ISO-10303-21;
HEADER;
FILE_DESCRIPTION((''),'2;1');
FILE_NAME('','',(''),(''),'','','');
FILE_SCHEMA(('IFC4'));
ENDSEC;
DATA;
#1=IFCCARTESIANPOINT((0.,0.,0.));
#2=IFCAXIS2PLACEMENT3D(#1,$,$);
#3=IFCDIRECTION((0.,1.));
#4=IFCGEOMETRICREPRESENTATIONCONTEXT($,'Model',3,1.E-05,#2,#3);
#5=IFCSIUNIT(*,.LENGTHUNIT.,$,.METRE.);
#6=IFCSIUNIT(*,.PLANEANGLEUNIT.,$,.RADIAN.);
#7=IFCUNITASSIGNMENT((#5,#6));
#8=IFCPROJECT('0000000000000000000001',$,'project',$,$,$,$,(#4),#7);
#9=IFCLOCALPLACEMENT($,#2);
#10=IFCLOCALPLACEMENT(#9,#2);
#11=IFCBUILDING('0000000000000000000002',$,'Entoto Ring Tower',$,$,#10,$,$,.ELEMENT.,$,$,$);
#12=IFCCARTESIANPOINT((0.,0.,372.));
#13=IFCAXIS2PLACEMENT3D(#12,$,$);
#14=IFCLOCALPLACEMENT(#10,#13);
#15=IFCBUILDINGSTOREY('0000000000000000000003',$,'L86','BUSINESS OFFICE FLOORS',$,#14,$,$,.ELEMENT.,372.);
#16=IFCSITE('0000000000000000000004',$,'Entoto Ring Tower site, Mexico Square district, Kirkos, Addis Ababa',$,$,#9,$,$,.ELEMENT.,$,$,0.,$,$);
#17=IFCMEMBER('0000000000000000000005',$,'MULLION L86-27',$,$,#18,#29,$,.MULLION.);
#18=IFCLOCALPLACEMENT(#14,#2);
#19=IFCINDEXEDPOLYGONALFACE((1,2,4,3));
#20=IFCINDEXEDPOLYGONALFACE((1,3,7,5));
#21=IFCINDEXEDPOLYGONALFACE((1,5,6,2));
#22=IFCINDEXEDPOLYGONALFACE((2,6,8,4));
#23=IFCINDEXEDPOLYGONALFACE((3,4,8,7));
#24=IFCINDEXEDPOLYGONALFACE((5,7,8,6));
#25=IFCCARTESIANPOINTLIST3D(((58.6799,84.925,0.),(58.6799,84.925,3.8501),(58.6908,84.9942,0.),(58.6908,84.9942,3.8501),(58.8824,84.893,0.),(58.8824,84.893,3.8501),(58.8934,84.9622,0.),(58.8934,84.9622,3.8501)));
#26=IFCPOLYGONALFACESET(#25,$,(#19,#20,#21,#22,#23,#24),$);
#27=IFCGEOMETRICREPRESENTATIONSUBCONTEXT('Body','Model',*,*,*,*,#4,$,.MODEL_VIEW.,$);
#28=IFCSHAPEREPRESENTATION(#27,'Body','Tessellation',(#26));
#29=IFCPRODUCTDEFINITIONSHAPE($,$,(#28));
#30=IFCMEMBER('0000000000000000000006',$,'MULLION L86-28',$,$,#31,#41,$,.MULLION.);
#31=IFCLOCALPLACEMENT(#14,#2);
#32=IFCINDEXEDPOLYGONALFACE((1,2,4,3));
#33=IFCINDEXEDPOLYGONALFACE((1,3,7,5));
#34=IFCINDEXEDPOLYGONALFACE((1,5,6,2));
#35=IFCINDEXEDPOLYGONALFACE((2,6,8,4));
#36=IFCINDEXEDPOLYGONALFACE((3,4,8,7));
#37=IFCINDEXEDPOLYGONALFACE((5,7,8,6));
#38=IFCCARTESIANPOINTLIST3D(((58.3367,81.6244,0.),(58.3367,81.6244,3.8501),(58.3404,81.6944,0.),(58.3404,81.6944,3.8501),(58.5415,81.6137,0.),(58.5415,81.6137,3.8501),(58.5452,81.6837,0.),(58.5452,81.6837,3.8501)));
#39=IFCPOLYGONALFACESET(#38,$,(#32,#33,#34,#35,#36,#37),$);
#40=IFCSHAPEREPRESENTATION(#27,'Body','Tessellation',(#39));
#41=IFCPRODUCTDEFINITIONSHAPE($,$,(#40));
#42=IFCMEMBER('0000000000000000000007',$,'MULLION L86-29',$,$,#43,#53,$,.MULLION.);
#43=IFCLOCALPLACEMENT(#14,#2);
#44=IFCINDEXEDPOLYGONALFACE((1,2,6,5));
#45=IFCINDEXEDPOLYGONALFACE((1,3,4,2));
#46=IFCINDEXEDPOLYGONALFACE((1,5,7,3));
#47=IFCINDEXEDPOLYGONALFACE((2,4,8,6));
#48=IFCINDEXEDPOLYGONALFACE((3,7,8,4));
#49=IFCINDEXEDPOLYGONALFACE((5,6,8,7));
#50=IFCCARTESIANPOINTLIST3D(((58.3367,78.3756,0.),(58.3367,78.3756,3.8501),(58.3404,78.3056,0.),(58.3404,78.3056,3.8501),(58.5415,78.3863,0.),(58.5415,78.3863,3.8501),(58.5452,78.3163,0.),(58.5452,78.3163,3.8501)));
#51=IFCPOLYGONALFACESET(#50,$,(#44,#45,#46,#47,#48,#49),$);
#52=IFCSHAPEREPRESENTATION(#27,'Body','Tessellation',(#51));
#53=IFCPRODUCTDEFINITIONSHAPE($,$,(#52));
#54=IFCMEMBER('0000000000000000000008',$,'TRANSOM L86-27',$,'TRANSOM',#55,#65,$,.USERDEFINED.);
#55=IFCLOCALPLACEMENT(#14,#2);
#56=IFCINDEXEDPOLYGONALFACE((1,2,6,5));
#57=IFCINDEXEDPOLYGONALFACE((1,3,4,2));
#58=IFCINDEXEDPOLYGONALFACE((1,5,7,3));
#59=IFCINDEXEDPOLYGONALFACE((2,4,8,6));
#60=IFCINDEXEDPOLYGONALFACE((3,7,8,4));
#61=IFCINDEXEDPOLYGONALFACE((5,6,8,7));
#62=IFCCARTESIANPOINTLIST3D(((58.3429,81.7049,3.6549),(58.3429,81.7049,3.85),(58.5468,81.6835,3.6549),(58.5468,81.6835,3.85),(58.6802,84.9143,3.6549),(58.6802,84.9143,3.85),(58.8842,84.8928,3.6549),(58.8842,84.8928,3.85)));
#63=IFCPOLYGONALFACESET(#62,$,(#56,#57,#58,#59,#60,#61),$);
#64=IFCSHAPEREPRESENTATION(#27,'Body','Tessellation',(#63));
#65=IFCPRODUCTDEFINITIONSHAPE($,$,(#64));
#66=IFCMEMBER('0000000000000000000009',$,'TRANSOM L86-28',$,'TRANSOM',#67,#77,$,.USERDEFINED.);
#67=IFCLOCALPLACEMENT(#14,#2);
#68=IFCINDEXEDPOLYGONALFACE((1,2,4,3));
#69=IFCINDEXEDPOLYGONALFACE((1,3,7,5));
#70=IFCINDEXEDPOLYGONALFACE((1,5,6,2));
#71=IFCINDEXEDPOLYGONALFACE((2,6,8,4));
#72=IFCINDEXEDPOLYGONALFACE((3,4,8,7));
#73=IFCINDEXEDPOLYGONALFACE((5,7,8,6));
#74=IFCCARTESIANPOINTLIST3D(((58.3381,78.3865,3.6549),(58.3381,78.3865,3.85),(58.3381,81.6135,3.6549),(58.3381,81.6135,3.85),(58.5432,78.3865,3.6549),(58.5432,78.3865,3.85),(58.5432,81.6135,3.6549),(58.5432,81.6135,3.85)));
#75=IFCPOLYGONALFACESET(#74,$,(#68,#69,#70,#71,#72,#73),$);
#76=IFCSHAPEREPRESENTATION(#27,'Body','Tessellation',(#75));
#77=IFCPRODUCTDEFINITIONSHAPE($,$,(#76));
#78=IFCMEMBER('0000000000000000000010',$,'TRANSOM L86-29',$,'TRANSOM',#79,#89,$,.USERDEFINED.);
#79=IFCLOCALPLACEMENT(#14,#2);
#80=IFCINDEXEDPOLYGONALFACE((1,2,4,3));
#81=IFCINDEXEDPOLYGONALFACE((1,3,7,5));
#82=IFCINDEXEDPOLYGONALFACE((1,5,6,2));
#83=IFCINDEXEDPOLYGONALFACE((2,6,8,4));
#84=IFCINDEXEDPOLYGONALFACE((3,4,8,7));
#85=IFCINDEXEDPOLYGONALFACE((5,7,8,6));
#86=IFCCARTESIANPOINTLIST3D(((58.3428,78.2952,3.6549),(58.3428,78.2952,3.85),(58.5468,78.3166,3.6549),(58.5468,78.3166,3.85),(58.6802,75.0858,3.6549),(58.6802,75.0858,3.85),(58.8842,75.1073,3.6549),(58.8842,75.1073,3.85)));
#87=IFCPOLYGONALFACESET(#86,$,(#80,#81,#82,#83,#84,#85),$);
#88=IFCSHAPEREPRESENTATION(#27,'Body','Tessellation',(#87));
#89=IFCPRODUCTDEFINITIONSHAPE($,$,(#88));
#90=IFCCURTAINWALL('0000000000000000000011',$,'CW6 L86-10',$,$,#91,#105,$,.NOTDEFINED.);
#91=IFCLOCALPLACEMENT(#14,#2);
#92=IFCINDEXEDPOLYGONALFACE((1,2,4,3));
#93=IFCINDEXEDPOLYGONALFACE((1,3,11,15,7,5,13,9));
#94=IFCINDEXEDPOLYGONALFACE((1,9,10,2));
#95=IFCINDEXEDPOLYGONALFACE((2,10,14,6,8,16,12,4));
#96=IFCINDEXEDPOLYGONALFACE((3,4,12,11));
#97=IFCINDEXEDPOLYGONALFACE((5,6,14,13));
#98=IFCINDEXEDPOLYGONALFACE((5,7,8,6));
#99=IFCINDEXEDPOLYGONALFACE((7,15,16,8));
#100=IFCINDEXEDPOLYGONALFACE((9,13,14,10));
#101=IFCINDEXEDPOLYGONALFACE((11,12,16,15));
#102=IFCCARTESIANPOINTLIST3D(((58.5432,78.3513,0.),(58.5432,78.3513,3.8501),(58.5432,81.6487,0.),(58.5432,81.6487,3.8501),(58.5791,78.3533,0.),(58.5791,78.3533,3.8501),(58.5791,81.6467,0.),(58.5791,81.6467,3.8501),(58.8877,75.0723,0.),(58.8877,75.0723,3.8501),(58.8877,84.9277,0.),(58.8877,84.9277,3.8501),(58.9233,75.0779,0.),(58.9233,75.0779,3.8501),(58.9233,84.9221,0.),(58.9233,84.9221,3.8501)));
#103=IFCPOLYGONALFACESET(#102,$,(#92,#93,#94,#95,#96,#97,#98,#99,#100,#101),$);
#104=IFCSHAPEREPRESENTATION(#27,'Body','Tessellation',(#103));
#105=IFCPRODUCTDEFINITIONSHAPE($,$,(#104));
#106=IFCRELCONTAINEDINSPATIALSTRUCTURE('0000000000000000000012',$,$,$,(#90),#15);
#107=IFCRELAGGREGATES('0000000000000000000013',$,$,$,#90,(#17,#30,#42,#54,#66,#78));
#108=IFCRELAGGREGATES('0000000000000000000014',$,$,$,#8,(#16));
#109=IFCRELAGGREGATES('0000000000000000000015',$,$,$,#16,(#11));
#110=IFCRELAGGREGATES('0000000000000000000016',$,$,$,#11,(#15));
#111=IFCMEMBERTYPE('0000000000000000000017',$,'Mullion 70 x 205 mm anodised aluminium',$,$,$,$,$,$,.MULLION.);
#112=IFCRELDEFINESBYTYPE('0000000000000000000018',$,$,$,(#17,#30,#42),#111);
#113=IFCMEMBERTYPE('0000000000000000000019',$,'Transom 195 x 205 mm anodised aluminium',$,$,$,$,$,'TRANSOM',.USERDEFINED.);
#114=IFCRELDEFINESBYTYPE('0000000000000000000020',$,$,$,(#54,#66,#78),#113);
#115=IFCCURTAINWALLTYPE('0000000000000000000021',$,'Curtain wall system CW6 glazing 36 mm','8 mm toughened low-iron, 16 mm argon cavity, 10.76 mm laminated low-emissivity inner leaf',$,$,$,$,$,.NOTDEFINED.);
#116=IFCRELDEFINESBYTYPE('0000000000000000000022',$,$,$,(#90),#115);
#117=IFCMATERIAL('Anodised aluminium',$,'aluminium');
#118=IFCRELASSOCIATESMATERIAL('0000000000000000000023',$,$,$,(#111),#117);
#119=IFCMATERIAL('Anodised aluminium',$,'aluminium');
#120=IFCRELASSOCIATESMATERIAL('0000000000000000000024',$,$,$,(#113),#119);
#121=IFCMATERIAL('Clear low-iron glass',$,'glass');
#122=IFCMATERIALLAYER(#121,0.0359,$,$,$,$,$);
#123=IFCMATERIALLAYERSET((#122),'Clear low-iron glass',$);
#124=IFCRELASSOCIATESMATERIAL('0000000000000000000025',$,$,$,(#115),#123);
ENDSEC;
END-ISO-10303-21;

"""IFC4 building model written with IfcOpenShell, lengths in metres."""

from ifc_helpers import new_model, si_unit, direction, frame, origin, origin_2d, place, context, subcontext, project, spatial, polyline, rectangle, outline, extrude, material, layer, layer_set, material_profile, profile_set, type_object, element, aggregate, save


model = new_model("IFC4")

# Units and contexts
model_context = context("Model", 3, precision=1e-05, world=origin(), true_north=direction((0.0, 1.0)))
body_context = subcontext(model_context, "Body", "Model", "MODEL_VIEW")
ifc_project = project(units=[si_unit("LENGTHUNIT", "METRE"), si_unit("PLANEANGLEUNIT", "RADIAN")], contexts=[model_context])

# Members
ifc_material_1 = material(Name="Anodised aluminium", Category="aluminium")
ifc_material_profile_1 = material_profile(ifc_material_1, rectangle(XDim=0.0701, YDim=0.2051, at=origin_2d()), Name="Mullion 70 x 205 mm anodised aluminium")
ifc_profile_set_1 = profile_set([ifc_material_profile_1], Name="Anodised aluminium")
member_type_1 = type_object("IfcMemberType", Name="Mullion 70 x 205 mm anodised aluminium", PredefinedType="MULLION", material=ifc_profile_set_1)
site_placement = place(None, origin())
building_placement = place(site_placement, origin())
storey_placement = place(building_placement, frame((0.0, 0.0, 372.0)))
member_1_placement = place(storey_placement, frame((58.7866, 84.9436, 0.0), z_axis=(0.0, 0.0, 1.0), x_axis=(-0.156434, -0.987688, 0.0)))
member_1 = element("IfcMember", 1, at=member_1_placement, type_object=member_type_1, Name="MULLION L86-27", PredefinedType="MULLION", context=body_context, shape_type="SweptSolid", body=[
    extrude(rectangle(XDim=0.0701, YDim=0.2051, at=origin_2d()), origin(), (0.0, 0.0, 1.0), 3.8501),
])
member_2_placement = place(storey_placement, frame((58.4409, 81.6541, 0.0), z_axis=(0.0, 0.0, 1.0), x_axis=(-0.052336, -0.99863, 0.0)))
member_2 = element("IfcMember", 2, at=member_2_placement, type_object=member_type_1, Name="MULLION L86-28", PredefinedType="MULLION", context=body_context, shape_type="SweptSolid", body=[
    extrude(rectangle(XDim=0.0701, YDim=0.2051, at=origin_2d()), origin(), (0.0, 0.0, 1.0), 3.8501),
])
member_3_placement = place(storey_placement, frame((58.4409, 78.3459, 0.0), z_axis=(0.0, 0.0, 1.0), x_axis=(0.052336, -0.99863, 0.0)))
member_3 = element("IfcMember", 3, at=member_3_placement, type_object=member_type_1, Name="MULLION L86-29", PredefinedType="MULLION", context=body_context, shape_type="SweptSolid", body=[
    extrude(rectangle(XDim=0.0701, YDim=0.2051, at=origin_2d()), origin(), (0.0, 0.0, 1.0), 3.8501),
])
ifc_material_2 = material(Name="Anodised aluminium", Category="aluminium")
ifc_material_profile_2 = material_profile(ifc_material_2, rectangle(XDim=0.2051, YDim=0.1951, at=origin_2d()), Name="Transom 195 x 205 mm anodised aluminium")
ifc_profile_set_2 = profile_set([ifc_material_profile_2], Name="Anodised aluminium")
member_type_2 = type_object("IfcMemberType", Name="Transom 195 x 205 mm anodised aluminium", ElementType="TRANSOM", PredefinedType="USERDEFINED", material=ifc_profile_set_2)
member_4_placement = place(storey_placement, frame((58.7822, 84.9036, 3.7524), z_axis=(-0.104551, -0.99452, 0.0), x_axis=(0.99452, -0.104551, 0.0)))
member_4 = element("IfcMember", 4, at=member_4_placement, type_object=member_type_2, Name="TRANSOM L86-27", ObjectType="TRANSOM", PredefinedType="USERDEFINED", context=body_context, shape_type="SweptSolid", body=[
    extrude(rectangle(XDim=0.2051, YDim=0.1951, at=origin_2d()), origin(), (0.0, 0.0, 1.0), 3.2271),
])
member_5_placement = place(storey_placement, frame((58.4407, 81.6135, 3.7524), z_axis=(0.0, -1.0, 0.0), x_axis=(1.0, 0.0, 0.0)))
member_5 = element("IfcMember", 5, at=member_5_placement, type_object=member_type_2, Name="TRANSOM L86-28", ObjectType="TRANSOM", PredefinedType="USERDEFINED", context=body_context, shape_type="SweptSolid", body=[
    extrude(rectangle(XDim=0.2051, YDim=0.1951, at=origin_2d()), origin(), (0.0, 0.0, 1.0), 3.2271),
])
member_6_placement = place(storey_placement, frame((58.4448, 78.3059, 3.7524), z_axis=(0.104551, -0.99452, 0.0), x_axis=(0.99452, 0.104551, 0.0)))
member_6 = element("IfcMember", 6, at=member_6_placement, type_object=member_type_2, Name="TRANSOM L86-29", ObjectType="TRANSOM", PredefinedType="USERDEFINED", context=body_context, shape_type="SweptSolid", body=[
    extrude(rectangle(XDim=0.2051, YDim=0.1951, at=origin_2d()), origin(), (0.0, 0.0, 1.0), 3.2271),
])

# Site, building, storey
site = spatial("IfcSite", under=ifc_project, at=site_placement, Name="Entoto Ring Tower site, Mexico Square district, Kirkos, Addis Ababa", CompositionType="ELEMENT", RefElevation=0.0)
building = spatial("IfcBuilding", under=site, at=building_placement, Name="Entoto Ring Tower", CompositionType="ELEMENT")
storey = spatial("IfcBuildingStorey", under=building, at=storey_placement, Name="L86", Description="BUSINESS OFFICE FLOORS", CompositionType="ELEMENT", Elevation=372.0)

# Curtain wall
ifc_material_3 = material(Name="Clear low-iron glass", Category="glass")
ifc_layer = layer(ifc_material_3, 0.0359)
ifc_layer_set = layer_set([ifc_layer], Name="Clear low-iron glass")
curtain_wall_type = type_object("IfcCurtainWallType", Name="Curtain wall system CW6 glazing 36 mm", Description="8 mm toughened low-iron, 16 mm argon cavity, 10.76 mm laminated low-emissivity inner leaf", PredefinedType="NOTDEFINED", material=ifc_layer_set)
curtain_wall_1_placement = place(storey_placement, origin())
curtain_wall_1 = element("IfcCurtainWall", 7, at=curtain_wall_1_placement, inside=storey, type_object=curtain_wall_type, Name="CW6 L86-10", PredefinedType="NOTDEFINED", context=body_context, shape_type="SweptSolid", body=[
    extrude(outline(polyline([(58.8877, 84.9277), (58.5432, 81.6487), (58.5432, 78.3513), (58.8877, 75.0723), (58.9233, 75.0779), (58.5791, 78.3533), (58.5791, 81.6467), (58.9233, 84.9221), (58.8877, 84.9277)])), origin(), (0.0, 0.0, 1.0), 3.8501),
])
aggregate(curtain_wall_1, [member_1, member_2, member_3, member_4, member_5, member_6])

save(model, "model.ifc")
